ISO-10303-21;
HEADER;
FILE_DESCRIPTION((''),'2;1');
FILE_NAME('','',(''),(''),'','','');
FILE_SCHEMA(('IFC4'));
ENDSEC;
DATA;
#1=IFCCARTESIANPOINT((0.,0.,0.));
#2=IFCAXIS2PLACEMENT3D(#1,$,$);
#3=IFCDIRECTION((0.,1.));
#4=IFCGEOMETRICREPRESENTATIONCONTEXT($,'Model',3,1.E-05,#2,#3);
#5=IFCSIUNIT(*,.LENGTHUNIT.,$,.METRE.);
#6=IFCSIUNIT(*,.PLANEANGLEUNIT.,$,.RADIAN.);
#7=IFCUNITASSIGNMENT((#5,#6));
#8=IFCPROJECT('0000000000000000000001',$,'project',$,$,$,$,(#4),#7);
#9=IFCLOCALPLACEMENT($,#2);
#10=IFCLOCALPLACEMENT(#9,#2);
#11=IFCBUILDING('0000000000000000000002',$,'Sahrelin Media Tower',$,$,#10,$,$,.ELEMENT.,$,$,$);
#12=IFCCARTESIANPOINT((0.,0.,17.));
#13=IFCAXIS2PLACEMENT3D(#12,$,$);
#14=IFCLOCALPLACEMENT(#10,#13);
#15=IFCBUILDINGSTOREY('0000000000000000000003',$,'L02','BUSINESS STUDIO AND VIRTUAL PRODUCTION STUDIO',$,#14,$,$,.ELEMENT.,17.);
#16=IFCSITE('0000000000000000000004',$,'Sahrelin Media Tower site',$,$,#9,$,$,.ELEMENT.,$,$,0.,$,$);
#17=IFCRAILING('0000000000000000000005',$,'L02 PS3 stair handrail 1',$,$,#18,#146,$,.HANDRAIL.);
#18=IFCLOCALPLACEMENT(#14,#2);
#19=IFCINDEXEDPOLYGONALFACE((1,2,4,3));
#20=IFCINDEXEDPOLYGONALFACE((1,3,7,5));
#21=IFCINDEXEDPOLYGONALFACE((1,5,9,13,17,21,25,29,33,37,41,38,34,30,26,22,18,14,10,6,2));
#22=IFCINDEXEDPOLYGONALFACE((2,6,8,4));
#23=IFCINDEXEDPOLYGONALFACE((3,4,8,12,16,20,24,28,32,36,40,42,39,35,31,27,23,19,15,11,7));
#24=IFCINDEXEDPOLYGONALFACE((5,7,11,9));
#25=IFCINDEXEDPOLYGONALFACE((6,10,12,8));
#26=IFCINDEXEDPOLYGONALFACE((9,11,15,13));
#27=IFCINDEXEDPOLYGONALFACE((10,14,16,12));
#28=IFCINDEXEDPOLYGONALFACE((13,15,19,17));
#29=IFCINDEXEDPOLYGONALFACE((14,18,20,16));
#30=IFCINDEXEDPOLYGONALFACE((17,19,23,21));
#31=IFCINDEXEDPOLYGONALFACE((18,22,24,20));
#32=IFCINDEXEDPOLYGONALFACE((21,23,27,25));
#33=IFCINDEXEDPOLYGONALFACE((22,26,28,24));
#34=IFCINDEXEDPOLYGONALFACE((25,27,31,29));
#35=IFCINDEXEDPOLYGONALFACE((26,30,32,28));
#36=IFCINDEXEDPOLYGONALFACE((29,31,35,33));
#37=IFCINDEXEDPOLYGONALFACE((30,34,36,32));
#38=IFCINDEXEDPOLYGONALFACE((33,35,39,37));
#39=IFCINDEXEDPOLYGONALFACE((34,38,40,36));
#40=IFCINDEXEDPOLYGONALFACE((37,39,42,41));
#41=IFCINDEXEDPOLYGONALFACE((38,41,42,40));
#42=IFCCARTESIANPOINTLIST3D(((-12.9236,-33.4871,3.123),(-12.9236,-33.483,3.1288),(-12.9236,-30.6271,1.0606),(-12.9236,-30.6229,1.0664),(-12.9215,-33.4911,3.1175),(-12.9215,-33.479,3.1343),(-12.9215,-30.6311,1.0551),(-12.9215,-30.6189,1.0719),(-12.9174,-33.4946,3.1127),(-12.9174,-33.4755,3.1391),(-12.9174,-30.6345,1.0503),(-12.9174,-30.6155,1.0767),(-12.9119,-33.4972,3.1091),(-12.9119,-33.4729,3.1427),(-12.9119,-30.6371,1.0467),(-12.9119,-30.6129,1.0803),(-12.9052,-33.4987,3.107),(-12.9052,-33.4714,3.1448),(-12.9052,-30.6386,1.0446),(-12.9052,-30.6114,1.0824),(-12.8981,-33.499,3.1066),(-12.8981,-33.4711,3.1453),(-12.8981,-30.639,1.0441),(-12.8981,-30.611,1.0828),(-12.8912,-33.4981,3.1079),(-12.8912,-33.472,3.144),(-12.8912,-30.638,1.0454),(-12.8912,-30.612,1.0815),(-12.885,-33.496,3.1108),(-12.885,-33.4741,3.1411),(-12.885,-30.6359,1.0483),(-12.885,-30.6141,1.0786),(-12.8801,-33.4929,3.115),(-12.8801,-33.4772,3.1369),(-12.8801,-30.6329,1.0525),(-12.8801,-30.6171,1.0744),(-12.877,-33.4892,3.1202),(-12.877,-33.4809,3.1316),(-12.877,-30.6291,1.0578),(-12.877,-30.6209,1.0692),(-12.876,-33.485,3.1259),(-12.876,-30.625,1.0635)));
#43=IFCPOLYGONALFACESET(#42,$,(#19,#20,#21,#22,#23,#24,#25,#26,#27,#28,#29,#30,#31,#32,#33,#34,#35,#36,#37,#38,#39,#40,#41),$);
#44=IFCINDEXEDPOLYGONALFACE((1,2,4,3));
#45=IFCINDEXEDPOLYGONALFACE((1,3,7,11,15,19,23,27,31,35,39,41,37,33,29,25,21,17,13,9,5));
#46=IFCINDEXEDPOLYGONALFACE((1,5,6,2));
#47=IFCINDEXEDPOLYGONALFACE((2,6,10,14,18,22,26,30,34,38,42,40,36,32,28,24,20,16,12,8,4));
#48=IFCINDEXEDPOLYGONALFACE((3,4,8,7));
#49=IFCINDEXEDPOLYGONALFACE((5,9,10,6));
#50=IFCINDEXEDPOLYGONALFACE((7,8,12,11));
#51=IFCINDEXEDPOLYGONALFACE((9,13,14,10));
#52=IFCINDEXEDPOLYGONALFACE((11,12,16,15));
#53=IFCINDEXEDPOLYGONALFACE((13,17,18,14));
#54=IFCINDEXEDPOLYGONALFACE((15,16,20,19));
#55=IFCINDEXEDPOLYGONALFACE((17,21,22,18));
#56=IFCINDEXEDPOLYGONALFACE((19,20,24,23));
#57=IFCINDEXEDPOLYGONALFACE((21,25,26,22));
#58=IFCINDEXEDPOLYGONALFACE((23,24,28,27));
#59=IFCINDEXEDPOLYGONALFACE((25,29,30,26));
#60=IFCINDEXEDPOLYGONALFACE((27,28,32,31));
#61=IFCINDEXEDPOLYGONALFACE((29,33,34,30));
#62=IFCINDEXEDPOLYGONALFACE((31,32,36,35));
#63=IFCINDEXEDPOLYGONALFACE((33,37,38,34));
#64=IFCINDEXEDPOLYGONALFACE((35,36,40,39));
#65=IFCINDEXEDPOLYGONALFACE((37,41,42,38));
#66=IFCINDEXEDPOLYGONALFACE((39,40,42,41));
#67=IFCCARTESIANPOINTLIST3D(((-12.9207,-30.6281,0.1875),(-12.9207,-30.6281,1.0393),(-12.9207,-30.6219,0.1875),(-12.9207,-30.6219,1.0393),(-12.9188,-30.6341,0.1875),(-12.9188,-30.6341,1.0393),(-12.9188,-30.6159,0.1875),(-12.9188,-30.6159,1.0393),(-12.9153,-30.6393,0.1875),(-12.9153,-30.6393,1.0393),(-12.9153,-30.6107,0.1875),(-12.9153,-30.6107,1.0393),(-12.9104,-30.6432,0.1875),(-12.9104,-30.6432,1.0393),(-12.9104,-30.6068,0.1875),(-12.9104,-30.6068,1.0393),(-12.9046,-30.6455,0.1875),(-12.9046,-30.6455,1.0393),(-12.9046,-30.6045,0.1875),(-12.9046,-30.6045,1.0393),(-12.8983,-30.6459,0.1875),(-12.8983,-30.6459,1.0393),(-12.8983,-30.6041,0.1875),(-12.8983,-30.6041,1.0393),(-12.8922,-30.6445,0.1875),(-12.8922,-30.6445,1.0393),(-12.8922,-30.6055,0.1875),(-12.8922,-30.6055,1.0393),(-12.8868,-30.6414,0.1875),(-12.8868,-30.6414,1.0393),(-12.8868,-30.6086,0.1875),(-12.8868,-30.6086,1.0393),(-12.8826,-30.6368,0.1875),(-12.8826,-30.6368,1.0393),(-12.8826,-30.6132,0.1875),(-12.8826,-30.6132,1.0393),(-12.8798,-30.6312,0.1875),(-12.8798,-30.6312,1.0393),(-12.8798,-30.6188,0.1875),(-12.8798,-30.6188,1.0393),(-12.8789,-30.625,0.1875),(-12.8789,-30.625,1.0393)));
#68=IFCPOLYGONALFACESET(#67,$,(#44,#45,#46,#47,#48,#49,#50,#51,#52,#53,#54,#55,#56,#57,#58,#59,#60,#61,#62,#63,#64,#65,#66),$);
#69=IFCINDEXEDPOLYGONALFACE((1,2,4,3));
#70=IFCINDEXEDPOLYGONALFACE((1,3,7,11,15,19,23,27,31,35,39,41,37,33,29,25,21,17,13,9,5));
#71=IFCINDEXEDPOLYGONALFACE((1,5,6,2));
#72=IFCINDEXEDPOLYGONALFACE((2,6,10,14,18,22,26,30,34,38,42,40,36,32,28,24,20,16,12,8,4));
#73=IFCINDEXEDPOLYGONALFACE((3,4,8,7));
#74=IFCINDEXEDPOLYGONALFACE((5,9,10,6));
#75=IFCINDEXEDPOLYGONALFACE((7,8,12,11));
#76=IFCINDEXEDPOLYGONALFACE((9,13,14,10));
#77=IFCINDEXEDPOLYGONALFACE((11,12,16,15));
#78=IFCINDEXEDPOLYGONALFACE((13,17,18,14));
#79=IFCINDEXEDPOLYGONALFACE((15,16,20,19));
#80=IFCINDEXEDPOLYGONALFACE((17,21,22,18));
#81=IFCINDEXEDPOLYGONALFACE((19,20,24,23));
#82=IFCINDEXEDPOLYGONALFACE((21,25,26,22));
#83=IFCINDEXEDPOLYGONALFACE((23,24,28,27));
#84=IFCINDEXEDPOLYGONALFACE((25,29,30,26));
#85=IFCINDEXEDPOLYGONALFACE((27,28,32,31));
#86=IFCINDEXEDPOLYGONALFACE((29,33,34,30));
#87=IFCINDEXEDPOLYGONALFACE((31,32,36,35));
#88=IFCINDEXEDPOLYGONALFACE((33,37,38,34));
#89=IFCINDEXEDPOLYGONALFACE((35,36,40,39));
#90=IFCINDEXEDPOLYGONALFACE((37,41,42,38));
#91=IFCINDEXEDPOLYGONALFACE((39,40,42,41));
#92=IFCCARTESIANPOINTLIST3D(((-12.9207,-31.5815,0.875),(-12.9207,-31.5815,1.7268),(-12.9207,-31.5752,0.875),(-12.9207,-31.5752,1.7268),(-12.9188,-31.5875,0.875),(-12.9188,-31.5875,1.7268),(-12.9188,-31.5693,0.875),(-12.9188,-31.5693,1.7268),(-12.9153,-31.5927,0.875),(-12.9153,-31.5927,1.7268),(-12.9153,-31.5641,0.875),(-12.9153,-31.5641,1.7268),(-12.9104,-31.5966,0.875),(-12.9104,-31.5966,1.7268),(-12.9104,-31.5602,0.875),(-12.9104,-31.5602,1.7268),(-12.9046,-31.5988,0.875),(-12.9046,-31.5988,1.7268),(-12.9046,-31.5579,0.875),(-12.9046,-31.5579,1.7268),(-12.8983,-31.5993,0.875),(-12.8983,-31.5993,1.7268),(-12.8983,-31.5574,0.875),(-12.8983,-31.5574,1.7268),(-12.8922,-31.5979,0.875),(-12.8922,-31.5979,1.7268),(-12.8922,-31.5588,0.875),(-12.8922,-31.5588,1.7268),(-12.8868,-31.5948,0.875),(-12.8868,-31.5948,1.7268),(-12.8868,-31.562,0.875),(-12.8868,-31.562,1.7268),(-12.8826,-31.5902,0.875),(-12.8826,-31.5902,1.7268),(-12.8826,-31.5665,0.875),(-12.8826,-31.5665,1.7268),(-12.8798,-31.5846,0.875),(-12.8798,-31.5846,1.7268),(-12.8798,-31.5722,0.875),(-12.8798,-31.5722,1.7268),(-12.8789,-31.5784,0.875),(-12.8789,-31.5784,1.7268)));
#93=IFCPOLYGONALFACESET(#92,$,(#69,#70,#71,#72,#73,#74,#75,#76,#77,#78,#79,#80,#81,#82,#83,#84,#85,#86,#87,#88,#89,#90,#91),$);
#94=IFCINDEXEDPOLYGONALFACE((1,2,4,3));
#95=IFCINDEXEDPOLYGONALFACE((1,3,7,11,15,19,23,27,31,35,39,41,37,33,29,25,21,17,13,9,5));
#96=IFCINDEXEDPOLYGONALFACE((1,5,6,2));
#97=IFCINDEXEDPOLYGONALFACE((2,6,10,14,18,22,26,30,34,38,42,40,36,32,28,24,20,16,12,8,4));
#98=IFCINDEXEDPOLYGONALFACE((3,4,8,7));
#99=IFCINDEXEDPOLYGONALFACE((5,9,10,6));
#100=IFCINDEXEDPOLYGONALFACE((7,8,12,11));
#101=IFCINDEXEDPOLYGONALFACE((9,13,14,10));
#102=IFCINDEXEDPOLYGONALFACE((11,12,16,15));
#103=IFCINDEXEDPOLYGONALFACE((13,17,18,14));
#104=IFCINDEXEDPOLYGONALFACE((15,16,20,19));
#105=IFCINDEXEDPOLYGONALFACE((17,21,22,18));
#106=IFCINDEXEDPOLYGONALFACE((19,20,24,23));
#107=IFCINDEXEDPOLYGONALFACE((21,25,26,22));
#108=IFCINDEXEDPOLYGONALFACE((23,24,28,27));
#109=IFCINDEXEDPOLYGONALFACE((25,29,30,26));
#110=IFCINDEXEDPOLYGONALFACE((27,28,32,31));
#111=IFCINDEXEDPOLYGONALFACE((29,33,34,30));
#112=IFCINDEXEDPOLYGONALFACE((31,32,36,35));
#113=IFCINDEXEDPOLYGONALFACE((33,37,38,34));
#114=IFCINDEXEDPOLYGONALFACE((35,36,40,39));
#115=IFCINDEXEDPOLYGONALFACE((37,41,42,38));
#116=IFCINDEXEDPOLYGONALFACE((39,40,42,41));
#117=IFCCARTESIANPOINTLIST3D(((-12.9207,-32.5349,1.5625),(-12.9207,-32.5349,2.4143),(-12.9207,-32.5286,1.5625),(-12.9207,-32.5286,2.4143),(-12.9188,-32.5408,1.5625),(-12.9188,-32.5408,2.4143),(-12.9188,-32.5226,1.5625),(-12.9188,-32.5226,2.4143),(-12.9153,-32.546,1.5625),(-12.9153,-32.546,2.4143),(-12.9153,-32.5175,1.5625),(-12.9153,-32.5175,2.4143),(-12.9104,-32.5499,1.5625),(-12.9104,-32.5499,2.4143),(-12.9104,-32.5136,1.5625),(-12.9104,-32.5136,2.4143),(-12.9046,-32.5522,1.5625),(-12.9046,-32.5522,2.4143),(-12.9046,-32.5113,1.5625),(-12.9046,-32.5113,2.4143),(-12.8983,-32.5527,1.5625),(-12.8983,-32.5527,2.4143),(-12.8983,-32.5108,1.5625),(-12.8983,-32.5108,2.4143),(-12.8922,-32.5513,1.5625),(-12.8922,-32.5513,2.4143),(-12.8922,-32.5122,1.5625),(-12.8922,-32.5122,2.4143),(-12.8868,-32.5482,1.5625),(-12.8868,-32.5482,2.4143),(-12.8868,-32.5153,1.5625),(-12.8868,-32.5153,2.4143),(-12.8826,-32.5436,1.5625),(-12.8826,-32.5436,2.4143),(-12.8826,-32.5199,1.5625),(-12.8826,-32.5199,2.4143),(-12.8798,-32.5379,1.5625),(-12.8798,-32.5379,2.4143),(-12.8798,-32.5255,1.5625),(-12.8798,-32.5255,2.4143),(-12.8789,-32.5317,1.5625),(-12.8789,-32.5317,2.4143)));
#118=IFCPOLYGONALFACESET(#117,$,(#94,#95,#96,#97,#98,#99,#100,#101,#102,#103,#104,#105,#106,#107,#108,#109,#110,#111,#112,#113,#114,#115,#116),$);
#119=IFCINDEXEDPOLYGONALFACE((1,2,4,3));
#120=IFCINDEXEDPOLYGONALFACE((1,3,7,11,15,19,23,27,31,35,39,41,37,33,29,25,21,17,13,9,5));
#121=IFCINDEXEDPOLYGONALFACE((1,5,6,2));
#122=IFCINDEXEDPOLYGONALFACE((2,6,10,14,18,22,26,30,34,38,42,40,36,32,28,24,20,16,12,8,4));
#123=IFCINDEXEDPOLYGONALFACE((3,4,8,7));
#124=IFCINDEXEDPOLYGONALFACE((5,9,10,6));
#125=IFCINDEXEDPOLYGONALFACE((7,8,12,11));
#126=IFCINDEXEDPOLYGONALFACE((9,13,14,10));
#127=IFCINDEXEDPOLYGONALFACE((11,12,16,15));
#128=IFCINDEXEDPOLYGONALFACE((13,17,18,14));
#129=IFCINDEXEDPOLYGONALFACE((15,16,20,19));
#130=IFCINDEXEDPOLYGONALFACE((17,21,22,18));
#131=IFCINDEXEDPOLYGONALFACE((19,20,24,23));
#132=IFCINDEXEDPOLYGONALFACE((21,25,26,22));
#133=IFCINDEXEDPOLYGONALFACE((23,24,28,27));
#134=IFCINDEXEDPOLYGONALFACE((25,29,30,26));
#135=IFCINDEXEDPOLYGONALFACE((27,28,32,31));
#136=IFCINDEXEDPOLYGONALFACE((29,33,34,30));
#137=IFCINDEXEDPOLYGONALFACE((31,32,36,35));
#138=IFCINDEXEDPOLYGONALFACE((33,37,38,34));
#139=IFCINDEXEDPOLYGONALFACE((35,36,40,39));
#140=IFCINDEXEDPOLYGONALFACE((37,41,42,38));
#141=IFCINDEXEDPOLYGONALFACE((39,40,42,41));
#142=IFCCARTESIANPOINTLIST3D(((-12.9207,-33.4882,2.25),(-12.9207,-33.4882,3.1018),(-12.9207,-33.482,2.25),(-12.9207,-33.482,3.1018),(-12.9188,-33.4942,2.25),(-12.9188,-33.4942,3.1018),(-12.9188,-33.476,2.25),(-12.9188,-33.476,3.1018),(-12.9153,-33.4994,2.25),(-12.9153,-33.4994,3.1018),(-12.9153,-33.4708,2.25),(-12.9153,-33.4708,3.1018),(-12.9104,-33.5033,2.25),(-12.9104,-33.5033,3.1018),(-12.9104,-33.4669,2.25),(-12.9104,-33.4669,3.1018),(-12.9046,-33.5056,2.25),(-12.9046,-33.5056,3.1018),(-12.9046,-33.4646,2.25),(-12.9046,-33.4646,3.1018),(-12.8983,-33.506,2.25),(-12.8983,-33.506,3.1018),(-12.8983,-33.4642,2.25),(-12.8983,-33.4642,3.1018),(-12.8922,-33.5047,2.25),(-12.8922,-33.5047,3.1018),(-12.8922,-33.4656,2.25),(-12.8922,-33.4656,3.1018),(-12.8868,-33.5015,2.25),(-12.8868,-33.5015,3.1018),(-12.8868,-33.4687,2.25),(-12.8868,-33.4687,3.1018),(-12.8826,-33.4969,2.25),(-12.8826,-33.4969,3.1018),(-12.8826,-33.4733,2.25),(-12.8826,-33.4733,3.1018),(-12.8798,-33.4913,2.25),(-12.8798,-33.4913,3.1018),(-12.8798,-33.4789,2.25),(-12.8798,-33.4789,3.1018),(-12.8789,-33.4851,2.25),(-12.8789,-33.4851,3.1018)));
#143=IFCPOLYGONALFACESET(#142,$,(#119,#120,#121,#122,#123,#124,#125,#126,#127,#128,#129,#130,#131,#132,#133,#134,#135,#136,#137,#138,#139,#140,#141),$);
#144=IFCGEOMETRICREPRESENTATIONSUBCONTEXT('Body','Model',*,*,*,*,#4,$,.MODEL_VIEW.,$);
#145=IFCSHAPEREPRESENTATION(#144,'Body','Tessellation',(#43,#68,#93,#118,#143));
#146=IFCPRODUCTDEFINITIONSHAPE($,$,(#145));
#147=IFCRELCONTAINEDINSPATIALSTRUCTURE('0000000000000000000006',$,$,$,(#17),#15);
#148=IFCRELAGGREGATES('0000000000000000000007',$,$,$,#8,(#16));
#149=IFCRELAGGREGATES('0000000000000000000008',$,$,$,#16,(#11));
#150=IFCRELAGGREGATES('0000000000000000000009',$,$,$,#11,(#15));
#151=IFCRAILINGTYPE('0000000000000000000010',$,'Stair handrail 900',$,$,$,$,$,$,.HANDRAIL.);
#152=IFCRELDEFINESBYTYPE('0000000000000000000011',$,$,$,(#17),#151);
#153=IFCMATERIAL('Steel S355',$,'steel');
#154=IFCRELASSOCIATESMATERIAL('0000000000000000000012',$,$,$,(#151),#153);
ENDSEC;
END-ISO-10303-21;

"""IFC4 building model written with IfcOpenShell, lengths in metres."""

from ifc_helpers import new_model, si_unit, direction, frame, origin, origin_2d, place, context, subcontext, project, spatial, circle, extrude, material, type_object, element, save


model = new_model("IFC4")

# Units and contexts
model_context = context("Model", 3, precision=1e-05, world=origin(), true_north=direction((0.0, 1.0)))
body_context = subcontext(model_context, "Body", "Model", "MODEL_VIEW")
ifc_project = project(units=[si_unit("LENGTHUNIT", "METRE"), si_unit("PLANEANGLEUNIT", "RADIAN")], contexts=[model_context])

# Site, building, storey
site_placement = place(None, origin())
site = spatial("IfcSite", under=ifc_project, at=site_placement, Name="Sahrelin Media Tower site", CompositionType="ELEMENT", RefElevation=0.0)
building_placement = place(site_placement, origin())
building = spatial("IfcBuilding", under=site, at=building_placement, Name="Sahrelin Media Tower", CompositionType="ELEMENT")
storey_placement = place(building_placement, frame((0.0, 0.0, 17.0)))
storey = spatial("IfcBuildingStorey", under=building, at=storey_placement, Name="L02", Description="BUSINESS STUDIO AND VIRTUAL PRODUCTION STUDIO", CompositionType="ELEMENT", Elevation=17.0)

# Shared definitions
ifc_material_1 = material(Name="Steel S355", Category="steel")

# Railing
railing_type = type_object("IfcRailingType", Name="Stair handrail 900", PredefinedType="HANDRAIL", material=ifc_material_1)
railing_placement = place(storey_placement, frame((-12.8999, -30.625, 0.1875)))
element("IfcRailing", 1, at=railing_placement, inside=storey, type_object=railing_type, Name="L02 PS3 stair handrail 1", PredefinedType="HANDRAIL", context=body_context, shape_type="SweptSolid", body=[
    extrude(circle(Radius=0.0239, at=origin_2d()), frame((0.0, 0.0, 0.876), z_axis=(0.0, -0.811101, 0.584906), x_axis=(1.0, 0.0, 0.0)), (0.0, 0.0, 1.0), 3.5261),
    extrude(circle(Radius=0.021, at=origin_2d()), origin(), (0.0, 0.0, 1.0), 0.8518),
    extrude(circle(Radius=0.021, at=origin_2d()), frame((0.0, -0.9534, 0.6875)), (0.0, 0.0, 1.0), 0.8518),
    extrude(circle(Radius=0.021, at=origin_2d()), frame((0.0, -1.9067, 1.375)), (0.0, 0.0, 1.0), 0.8518),
    extrude(circle(Radius=0.021, at=origin_2d()), frame((0.0, -2.8601, 2.0625)), (0.0, 0.0, 1.0), 0.8518),
])

save(model, "model.ifc")
